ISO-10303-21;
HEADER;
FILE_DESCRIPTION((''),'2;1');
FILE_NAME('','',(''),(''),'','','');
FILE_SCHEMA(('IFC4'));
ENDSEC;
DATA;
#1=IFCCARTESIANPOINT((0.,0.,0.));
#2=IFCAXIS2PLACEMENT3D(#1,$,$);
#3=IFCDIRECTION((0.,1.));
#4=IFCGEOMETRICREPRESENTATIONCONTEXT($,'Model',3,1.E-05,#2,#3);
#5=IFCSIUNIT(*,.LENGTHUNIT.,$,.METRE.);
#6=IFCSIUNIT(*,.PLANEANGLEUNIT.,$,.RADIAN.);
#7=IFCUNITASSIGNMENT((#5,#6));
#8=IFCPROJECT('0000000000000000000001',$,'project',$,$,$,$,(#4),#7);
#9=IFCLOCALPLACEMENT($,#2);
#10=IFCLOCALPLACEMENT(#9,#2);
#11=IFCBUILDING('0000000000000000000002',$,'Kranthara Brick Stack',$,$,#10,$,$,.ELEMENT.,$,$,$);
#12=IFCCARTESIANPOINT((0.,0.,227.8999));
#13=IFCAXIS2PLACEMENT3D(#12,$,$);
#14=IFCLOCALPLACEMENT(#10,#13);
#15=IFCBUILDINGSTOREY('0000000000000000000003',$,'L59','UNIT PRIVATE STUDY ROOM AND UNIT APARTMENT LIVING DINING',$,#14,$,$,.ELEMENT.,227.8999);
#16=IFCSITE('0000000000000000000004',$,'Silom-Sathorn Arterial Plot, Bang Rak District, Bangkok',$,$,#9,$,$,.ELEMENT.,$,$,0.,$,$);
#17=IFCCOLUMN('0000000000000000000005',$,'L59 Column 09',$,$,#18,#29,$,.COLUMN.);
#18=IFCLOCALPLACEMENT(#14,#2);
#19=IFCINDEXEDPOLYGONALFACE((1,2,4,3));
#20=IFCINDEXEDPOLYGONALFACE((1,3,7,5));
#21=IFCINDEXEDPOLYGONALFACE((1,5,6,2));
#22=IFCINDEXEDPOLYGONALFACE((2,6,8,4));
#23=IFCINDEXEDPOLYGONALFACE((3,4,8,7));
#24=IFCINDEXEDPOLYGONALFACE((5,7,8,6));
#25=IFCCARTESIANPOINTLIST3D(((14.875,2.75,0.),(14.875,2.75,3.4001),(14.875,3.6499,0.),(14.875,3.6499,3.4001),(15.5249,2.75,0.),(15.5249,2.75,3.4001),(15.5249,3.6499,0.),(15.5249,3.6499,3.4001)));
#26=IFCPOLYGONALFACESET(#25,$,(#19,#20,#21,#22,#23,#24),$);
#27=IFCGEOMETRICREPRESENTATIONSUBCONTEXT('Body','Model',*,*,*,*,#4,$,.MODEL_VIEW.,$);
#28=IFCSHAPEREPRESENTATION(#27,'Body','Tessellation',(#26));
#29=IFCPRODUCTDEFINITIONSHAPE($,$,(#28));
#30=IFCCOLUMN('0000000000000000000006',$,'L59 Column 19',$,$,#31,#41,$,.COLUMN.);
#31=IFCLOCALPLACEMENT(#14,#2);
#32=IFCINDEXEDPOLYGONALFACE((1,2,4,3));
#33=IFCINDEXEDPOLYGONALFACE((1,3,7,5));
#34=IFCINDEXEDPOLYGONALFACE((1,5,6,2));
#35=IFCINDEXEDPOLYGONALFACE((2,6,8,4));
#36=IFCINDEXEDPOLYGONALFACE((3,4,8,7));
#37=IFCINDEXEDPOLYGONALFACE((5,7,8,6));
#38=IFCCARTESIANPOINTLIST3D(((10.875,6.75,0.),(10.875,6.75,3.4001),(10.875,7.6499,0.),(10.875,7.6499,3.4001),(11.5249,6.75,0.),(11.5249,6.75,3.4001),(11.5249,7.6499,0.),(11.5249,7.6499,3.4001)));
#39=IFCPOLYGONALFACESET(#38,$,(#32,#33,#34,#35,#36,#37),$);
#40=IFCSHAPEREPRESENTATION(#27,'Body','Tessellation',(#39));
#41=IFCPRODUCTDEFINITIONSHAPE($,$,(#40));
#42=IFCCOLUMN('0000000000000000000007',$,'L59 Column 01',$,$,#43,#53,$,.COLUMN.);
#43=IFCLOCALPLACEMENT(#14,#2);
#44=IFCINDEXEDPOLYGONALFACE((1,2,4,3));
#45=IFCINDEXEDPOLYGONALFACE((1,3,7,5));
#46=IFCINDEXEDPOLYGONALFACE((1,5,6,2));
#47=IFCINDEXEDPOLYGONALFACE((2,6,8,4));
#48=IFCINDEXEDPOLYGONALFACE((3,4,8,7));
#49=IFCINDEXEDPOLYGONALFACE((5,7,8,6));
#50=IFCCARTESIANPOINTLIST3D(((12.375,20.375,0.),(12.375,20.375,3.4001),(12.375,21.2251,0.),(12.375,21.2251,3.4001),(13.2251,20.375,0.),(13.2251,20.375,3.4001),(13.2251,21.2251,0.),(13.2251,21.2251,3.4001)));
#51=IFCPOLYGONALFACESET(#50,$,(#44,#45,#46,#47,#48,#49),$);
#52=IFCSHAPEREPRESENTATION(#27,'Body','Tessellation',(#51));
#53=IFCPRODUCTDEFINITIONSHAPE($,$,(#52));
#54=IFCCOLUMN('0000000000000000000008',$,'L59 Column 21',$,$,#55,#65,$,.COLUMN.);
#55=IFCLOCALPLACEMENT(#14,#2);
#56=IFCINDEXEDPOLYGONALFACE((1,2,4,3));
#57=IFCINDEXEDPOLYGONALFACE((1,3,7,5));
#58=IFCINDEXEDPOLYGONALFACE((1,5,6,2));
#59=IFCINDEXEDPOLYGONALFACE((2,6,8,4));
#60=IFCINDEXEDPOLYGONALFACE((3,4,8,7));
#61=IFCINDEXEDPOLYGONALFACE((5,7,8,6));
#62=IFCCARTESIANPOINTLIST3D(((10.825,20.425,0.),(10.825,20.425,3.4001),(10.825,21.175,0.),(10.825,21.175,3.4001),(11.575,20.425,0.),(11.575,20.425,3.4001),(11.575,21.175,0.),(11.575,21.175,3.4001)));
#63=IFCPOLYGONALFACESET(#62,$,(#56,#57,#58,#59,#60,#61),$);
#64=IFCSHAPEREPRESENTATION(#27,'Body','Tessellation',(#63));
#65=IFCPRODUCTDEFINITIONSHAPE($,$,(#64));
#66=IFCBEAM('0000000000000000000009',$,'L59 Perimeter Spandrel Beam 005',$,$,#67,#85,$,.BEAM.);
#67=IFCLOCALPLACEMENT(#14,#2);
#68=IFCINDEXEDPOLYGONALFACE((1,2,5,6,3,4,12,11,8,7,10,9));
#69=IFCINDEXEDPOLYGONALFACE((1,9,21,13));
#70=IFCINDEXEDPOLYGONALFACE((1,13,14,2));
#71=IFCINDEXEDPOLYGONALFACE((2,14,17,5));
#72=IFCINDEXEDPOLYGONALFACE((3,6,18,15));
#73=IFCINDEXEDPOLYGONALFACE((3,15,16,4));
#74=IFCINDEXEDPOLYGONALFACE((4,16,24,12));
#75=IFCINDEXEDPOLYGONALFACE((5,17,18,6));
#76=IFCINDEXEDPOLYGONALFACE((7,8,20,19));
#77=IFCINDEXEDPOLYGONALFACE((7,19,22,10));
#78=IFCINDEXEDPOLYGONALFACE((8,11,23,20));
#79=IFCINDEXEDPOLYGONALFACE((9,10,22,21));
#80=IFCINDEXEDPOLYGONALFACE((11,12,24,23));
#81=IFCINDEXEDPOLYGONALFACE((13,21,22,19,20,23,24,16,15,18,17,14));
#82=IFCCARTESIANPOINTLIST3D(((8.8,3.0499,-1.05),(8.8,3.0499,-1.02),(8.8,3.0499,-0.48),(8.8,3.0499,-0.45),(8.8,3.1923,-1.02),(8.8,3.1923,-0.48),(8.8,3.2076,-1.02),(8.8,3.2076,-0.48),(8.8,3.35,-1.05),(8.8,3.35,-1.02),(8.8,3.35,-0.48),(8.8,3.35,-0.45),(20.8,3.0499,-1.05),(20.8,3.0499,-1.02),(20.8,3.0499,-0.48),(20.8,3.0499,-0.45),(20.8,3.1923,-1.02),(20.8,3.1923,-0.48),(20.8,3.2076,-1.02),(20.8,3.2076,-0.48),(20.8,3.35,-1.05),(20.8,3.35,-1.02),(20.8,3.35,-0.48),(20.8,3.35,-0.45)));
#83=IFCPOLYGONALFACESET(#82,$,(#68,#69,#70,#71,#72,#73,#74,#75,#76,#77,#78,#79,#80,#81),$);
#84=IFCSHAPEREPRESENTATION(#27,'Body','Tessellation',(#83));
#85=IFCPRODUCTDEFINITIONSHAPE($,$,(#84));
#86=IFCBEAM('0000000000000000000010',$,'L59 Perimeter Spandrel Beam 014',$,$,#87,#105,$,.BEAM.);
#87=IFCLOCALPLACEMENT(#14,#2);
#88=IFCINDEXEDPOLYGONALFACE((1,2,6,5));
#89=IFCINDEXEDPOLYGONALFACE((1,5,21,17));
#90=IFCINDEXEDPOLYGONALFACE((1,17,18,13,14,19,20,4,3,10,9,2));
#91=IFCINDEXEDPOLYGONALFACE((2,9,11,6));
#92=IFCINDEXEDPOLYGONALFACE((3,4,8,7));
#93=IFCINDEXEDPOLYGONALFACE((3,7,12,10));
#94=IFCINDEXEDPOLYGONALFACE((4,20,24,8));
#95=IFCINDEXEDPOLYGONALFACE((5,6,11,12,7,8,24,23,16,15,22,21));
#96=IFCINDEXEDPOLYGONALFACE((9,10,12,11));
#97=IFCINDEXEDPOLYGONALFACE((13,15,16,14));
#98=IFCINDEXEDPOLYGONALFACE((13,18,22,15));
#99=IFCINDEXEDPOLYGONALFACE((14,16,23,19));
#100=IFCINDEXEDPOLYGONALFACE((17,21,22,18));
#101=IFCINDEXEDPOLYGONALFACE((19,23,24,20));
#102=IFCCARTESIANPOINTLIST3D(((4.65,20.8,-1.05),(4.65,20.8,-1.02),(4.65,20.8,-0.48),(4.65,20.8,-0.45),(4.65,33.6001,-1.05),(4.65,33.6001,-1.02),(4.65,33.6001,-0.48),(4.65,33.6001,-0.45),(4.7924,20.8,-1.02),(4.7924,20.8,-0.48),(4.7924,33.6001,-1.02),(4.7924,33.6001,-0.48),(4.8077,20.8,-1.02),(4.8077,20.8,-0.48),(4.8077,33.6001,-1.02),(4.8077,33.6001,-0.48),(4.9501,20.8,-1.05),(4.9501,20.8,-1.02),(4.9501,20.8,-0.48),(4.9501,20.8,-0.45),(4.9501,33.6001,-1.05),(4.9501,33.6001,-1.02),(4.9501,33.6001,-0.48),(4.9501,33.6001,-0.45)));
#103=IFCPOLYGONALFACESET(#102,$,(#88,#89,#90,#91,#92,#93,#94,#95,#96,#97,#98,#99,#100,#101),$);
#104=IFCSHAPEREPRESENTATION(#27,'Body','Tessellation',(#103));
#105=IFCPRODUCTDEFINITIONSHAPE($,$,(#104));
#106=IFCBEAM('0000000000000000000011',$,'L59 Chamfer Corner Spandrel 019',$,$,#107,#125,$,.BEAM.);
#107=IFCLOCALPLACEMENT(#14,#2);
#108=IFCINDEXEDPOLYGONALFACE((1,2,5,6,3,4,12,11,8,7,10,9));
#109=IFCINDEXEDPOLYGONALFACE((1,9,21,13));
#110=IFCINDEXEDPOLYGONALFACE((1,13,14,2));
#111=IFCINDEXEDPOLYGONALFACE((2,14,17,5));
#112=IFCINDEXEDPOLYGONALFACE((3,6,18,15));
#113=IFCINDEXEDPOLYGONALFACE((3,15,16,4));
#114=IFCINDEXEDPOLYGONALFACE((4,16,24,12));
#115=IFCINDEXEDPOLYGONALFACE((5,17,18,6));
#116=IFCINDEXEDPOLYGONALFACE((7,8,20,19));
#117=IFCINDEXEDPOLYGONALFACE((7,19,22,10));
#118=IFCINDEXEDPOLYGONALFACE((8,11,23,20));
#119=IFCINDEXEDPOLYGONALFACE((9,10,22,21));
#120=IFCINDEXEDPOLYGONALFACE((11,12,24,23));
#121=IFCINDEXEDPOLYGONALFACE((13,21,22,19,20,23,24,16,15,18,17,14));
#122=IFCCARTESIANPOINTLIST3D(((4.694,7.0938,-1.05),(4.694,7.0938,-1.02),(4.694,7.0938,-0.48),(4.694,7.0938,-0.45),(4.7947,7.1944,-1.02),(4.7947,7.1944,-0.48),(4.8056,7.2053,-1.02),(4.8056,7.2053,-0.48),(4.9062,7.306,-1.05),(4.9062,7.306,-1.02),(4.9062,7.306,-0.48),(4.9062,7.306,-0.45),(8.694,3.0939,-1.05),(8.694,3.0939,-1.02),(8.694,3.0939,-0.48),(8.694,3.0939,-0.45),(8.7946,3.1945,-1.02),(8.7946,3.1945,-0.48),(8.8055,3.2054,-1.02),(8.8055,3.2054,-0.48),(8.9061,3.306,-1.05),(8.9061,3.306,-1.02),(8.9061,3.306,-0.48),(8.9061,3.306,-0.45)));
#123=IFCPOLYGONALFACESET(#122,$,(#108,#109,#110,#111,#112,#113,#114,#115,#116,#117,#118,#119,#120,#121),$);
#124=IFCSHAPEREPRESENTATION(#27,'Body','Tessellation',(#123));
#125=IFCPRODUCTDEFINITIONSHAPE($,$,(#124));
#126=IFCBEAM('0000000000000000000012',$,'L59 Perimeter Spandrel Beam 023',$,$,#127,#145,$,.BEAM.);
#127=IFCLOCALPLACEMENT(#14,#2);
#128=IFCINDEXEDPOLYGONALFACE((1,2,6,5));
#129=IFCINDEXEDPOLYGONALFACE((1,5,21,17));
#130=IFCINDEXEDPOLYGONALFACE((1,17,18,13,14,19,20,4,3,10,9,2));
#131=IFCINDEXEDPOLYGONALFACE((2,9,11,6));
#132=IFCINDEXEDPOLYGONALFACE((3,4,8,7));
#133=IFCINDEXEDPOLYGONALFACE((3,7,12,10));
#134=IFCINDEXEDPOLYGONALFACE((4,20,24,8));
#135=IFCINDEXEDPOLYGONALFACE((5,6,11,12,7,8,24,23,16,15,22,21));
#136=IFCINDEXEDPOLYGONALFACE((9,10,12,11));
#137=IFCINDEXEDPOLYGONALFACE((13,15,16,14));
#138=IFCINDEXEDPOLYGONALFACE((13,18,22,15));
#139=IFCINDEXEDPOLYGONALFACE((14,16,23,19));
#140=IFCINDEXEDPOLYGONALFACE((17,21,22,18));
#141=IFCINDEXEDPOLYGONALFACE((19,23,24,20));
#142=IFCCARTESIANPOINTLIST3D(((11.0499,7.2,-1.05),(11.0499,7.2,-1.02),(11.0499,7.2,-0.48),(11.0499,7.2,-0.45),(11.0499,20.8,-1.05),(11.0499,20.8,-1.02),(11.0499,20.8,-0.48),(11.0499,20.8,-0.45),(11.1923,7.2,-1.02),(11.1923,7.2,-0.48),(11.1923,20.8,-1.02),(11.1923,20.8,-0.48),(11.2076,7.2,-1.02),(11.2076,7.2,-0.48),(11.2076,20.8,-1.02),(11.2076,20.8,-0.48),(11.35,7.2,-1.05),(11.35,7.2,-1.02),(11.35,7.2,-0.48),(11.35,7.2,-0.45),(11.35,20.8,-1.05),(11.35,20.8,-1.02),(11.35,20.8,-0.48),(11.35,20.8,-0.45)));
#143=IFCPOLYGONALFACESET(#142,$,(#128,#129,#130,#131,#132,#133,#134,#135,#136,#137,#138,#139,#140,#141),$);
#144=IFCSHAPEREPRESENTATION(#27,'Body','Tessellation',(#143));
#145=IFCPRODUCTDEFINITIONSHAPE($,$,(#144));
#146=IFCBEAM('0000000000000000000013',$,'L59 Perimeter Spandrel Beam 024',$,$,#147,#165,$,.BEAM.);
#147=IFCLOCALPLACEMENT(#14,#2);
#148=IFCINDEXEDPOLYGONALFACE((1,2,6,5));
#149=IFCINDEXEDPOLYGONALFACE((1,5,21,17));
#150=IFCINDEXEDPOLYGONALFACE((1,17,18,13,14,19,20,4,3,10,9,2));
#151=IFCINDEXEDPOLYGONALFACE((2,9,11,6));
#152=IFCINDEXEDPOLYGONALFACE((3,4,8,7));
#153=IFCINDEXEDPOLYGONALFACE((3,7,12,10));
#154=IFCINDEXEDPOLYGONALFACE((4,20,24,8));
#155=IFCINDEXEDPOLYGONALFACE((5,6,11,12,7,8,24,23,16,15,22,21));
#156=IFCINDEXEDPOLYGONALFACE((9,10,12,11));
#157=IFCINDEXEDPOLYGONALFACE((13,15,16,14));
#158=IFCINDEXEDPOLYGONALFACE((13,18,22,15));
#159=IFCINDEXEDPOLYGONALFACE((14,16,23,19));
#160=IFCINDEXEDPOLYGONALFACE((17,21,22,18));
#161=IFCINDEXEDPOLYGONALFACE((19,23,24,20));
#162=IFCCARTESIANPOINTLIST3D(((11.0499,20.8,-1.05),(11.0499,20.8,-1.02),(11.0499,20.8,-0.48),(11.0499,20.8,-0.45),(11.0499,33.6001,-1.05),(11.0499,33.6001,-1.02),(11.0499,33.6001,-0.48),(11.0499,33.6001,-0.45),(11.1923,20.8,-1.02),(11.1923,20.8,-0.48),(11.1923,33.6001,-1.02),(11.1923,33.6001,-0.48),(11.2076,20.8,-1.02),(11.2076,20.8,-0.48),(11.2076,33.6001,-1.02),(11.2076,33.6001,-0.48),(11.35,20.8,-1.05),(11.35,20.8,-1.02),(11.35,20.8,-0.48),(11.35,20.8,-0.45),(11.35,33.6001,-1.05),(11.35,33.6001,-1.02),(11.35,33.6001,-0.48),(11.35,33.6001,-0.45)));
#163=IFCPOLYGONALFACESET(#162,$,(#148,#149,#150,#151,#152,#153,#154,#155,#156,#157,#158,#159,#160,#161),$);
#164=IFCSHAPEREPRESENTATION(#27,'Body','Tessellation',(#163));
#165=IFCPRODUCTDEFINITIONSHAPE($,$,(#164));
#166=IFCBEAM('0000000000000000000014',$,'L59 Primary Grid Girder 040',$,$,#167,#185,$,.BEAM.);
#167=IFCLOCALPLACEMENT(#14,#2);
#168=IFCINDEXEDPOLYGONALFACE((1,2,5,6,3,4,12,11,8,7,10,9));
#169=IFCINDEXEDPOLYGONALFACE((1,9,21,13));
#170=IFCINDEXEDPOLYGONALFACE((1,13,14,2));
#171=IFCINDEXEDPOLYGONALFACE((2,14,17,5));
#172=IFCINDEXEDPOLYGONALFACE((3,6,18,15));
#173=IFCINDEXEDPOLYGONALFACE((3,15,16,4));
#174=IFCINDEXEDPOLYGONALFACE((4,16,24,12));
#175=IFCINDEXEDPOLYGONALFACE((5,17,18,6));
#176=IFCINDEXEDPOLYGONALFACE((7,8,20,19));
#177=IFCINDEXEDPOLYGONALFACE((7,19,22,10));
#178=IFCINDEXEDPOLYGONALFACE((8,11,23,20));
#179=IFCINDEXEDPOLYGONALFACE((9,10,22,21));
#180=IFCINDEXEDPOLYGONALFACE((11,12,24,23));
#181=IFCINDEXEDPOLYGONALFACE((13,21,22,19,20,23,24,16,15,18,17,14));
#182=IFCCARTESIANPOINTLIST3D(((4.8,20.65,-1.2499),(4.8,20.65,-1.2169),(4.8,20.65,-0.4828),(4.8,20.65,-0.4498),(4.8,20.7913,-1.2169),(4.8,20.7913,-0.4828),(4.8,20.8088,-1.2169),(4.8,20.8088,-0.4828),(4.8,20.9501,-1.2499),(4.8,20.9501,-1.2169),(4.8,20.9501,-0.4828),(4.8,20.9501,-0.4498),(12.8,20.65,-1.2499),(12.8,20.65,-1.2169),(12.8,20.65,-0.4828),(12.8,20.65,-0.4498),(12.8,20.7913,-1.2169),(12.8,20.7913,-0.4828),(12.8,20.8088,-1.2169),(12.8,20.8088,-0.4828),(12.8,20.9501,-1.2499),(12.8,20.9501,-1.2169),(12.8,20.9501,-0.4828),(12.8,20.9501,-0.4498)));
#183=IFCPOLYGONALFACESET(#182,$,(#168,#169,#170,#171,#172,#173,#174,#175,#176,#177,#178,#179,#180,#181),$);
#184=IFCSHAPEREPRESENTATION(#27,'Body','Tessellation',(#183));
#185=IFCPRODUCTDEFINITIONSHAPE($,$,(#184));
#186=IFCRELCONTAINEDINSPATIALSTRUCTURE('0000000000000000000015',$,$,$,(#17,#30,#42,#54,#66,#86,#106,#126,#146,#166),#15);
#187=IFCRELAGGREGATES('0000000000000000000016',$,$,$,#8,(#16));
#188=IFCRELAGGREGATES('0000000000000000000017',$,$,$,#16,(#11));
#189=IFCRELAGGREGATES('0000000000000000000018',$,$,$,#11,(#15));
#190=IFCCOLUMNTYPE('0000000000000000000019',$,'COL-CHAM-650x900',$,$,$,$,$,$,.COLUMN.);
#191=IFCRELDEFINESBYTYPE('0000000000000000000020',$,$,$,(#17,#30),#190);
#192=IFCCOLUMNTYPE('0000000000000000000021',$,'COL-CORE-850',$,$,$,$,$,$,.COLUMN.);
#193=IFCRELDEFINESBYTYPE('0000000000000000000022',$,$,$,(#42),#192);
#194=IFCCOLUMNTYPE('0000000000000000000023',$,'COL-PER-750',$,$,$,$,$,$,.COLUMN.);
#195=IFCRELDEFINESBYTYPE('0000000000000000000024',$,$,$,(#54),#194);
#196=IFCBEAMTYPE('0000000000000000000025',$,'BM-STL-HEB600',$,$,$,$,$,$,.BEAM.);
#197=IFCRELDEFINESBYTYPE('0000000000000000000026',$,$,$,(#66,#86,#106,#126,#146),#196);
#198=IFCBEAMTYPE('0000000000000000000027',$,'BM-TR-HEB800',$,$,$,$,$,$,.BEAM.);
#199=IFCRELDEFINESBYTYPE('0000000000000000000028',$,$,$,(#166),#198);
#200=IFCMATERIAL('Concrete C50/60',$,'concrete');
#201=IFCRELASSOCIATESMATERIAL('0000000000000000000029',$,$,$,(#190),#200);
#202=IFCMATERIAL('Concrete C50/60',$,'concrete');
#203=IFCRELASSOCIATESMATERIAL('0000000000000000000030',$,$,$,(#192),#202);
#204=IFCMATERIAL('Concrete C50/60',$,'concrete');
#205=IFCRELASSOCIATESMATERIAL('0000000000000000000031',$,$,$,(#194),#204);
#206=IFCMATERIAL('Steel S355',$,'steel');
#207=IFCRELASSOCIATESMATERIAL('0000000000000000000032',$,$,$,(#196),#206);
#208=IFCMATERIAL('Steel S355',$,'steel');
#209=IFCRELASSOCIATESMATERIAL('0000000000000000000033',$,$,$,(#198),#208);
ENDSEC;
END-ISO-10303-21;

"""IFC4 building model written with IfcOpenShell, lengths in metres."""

from ifc_helpers import new_model, si_unit, direction, frame, origin, origin_2d, place, context, subcontext, project, spatial, rectangle, i_section, extrude, material, material_profile, profile_set, type_object, element, save


model = new_model("IFC4")

# Units and contexts
model_context = context("Model", 3, precision=1e-05, world=origin(), true_north=direction((0.0, 1.0)))
body_context = subcontext(model_context, "Body", "Model", "MODEL_VIEW")
ifc_project = project(units=[si_unit("LENGTHUNIT", "METRE"), si_unit("PLANEANGLEUNIT", "RADIAN")], contexts=[model_context])

# Site, building, storey
site_placement = place(None, origin())
site = spatial("IfcSite", under=ifc_project, at=site_placement, Name="Silom-Sathorn Arterial Plot, Bang Rak District, Bangkok", CompositionType="ELEMENT", RefElevation=0.0)
building_placement = place(site_placement, origin())
building = spatial("IfcBuilding", under=site, at=building_placement, Name="Kranthara Brick Stack", CompositionType="ELEMENT")
storey_placement = place(building_placement, frame((0.0, 0.0, 227.8999)))
storey = spatial("IfcBuildingStorey", under=building, at=storey_placement, Name="L59", Description="UNIT PRIVATE STUDY ROOM AND UNIT APARTMENT LIVING DINING", CompositionType="ELEMENT", Elevation=227.8999)

# Columns
ifc_material_1 = material(Name="Concrete C50/60", Category="concrete")
ifc_material_profile_1 = material_profile(ifc_material_1, rectangle(XDim=0.6499, YDim=0.8999, at=origin_2d()), Name="RC 650x900")
ifc_profile_set_1 = profile_set([ifc_material_profile_1], Name="Concrete C50/60")
column_type_1 = type_object("IfcColumnType", Name="COL-CHAM-650x900", PredefinedType="COLUMN", material=ifc_profile_set_1)
for number, where, z_axis, x_axis, name in (
    (1, (15.2, 3.2, 0.0), (0.0, 0.0, 1.0), (1.0, 0.0, 0.0), "L59 Column 09"),
    (2, (11.2, 7.2, 0.0), (0.0, 0.0, 1.0), (1.0, 0.0, 0.0), "L59 Column 19"),
):
    element("IfcColumn", number, at=place(storey_placement, frame(where, z_axis=z_axis, x_axis=x_axis)), inside=storey, type_object=column_type_1, Name=name, PredefinedType="COLUMN", context=body_context, shape_type="SweptSolid", body=[
        extrude(rectangle(XDim=0.6499, YDim=0.8999, at=origin_2d()), origin(), (0.0, 0.0, 1.0), 3.4001),
    ])
ifc_material_2 = material(Name="Concrete C50/60", Category="concrete")
ifc_material_profile_2 = material_profile(ifc_material_2, rectangle(XDim=0.8501, YDim=0.8501, at=origin_2d()), Name="RC 850x850")
ifc_profile_set_2 = profile_set([ifc_material_profile_2], Name="Concrete C50/60")
column_type_2 = type_object("IfcColumnType", Name="COL-CORE-850", PredefinedType="COLUMN", material=ifc_profile_set_2)
column_1_placement = place(storey_placement, frame((12.8, 20.8, 0.0), z_axis=(0.0, 0.0, 1.0), x_axis=(1.0, 0.0, 0.0)))
element("IfcColumn", 3, at=column_1_placement, inside=storey, type_object=column_type_2, Name="L59 Column 01", PredefinedType="COLUMN", context=body_context, shape_type="SweptSolid", body=[
    extrude(rectangle(XDim=0.8501, YDim=0.8501, at=origin_2d()), origin(), (0.0, 0.0, 1.0), 3.4001),
])
ifc_material_3 = material(Name="Concrete C50/60", Category="concrete")
ifc_material_profile_3 = material_profile(ifc_material_3, rectangle(XDim=0.75, YDim=0.75, at=origin_2d()), Name="RC 750x750")
ifc_profile_set_3 = profile_set([ifc_material_profile_3], Name="Concrete C50/60")
column_type_3 = type_object("IfcColumnType", Name="COL-PER-750", PredefinedType="COLUMN", material=ifc_profile_set_3)
column_2_placement = place(storey_placement, frame((11.2, 20.8, 0.0), z_axis=(0.0, 0.0, 1.0), x_axis=(1.0, 0.0, 0.0)))
element("IfcColumn", 4, at=column_2_placement, inside=storey, type_object=column_type_3, Name="L59 Column 21", PredefinedType="COLUMN", context=body_context, shape_type="SweptSolid", body=[
    extrude(rectangle(XDim=0.75, YDim=0.75, at=origin_2d()), origin(), (0.0, 0.0, 1.0), 3.4001),
])

# Beams
ifc_material_4 = material(Name="Steel S355", Category="steel")
ifc_material_profile_4 = material_profile(ifc_material_4, i_section(OverallWidth=0.3, OverallDepth=0.6001, WebThickness=0.0154, FlangeThickness=0.03, at=origin_2d()), Name="HEB 600")
ifc_profile_set_4 = profile_set([ifc_material_profile_4], Name="Steel S355")
beam_type_1 = type_object("IfcBeamType", Name="BM-STL-HEB600", PredefinedType="BEAM", material=ifc_profile_set_4)
beam_1_placement = place(storey_placement, frame((8.8, 3.2, -0.75), z_axis=(1.0, 0.0, 0.0), x_axis=(0.0, 1.0, 0.0)))
element("IfcBeam", 5, at=beam_1_placement, inside=storey, type_object=beam_type_1, Name="L59 Perimeter Spandrel Beam 005", PredefinedType="BEAM", context=body_context, shape_type="SweptSolid", body=[
    extrude(i_section(OverallWidth=0.3, OverallDepth=0.6001, WebThickness=0.0154, FlangeThickness=0.03, at=origin_2d()), origin(), (0.0, 0.0, 1.0), 12.0),
])
beam_2_placement = place(storey_placement, frame((4.8, 20.8, -0.75), z_axis=(0.0, 1.0, 0.0), x_axis=(-1.0, 0.0, 0.0)))
element("IfcBeam", 6, at=beam_2_placement, inside=storey, type_object=beam_type_1, Name="L59 Perimeter Spandrel Beam 014", PredefinedType="BEAM", context=body_context, shape_type="SweptSolid", body=[
    extrude(i_section(OverallWidth=0.3, OverallDepth=0.6001, WebThickness=0.0154, FlangeThickness=0.03, at=origin_2d()), origin(), (0.0, 0.0, 1.0), 12.8),
])
beam_3_placement = place(storey_placement, frame((8.8, 3.2, -0.75), z_axis=(-0.707107, 0.707107, 0.0), x_axis=(-0.707107, -0.707107, 0.0)))
element("IfcBeam", 7, at=beam_3_placement, inside=storey, type_object=beam_type_1, Name="L59 Chamfer Corner Spandrel 019", PredefinedType="BEAM", context=body_context, shape_type="SweptSolid", body=[
    extrude(i_section(OverallWidth=0.3, OverallDepth=0.6001, WebThickness=0.0154, FlangeThickness=0.03, at=origin_2d()), origin(), (0.0, 0.0, 1.0), 5.6567),
])
beam_4_placement = place(storey_placement, frame((11.2, 7.2, -0.75), z_axis=(0.0, 1.0, 0.0), x_axis=(-1.0, 0.0, 0.0)))
element("IfcBeam", 8, at=beam_4_placement, inside=storey, type_object=beam_type_1, Name="L59 Perimeter Spandrel Beam 023", PredefinedType="BEAM", context=body_context, shape_type="SweptSolid", body=[
    extrude(i_section(OverallWidth=0.3, OverallDepth=0.6001, WebThickness=0.0154, FlangeThickness=0.03, at=origin_2d()), origin(), (0.0, 0.0, 1.0), 13.6001),
])
beam_5_placement = place(storey_placement, frame((11.2, 20.8, -0.75), z_axis=(0.0, 1.0, 0.0), x_axis=(-1.0, 0.0, 0.0)))
element("IfcBeam", 9, at=beam_5_placement, inside=storey, type_object=beam_type_1, Name="L59 Perimeter Spandrel Beam 024", PredefinedType="BEAM", context=body_context, shape_type="SweptSolid", body=[
    extrude(i_section(OverallWidth=0.3, OverallDepth=0.6001, WebThickness=0.0154, FlangeThickness=0.03, at=origin_2d()), origin(), (0.0, 0.0, 1.0), 12.8),
])
ifc_material_5 = material(Name="Steel S355", Category="steel")
ifc_material_profile_5 = material_profile(ifc_material_5, i_section(OverallWidth=0.3, OverallDepth=0.8, WebThickness=0.0176, FlangeThickness=0.033, at=origin_2d()), Name="HEB 800")
ifc_profile_set_5 = profile_set([ifc_material_profile_5], Name="Steel S355")
beam_type_2 = type_object("IfcBeamType", Name="BM-TR-HEB800", PredefinedType="BEAM", material=ifc_profile_set_5)
beam_6_placement = place(storey_placement, frame((4.8, 20.8, -0.8499), z_axis=(1.0, 0.0, 0.0), x_axis=(0.0, 1.0, 0.0)))
element("IfcBeam", 10, at=beam_6_placement, inside=storey, type_object=beam_type_2, Name="L59 Primary Grid Girder 040", PredefinedType="BEAM", context=body_context, shape_type="SweptSolid", body=[
    extrude(i_section(OverallWidth=0.3, OverallDepth=0.8, WebThickness=0.0176, FlangeThickness=0.033, at=origin_2d()), origin(), (0.0, 0.0, 1.0), 8.0),
])

save(model, "model.ifc")
